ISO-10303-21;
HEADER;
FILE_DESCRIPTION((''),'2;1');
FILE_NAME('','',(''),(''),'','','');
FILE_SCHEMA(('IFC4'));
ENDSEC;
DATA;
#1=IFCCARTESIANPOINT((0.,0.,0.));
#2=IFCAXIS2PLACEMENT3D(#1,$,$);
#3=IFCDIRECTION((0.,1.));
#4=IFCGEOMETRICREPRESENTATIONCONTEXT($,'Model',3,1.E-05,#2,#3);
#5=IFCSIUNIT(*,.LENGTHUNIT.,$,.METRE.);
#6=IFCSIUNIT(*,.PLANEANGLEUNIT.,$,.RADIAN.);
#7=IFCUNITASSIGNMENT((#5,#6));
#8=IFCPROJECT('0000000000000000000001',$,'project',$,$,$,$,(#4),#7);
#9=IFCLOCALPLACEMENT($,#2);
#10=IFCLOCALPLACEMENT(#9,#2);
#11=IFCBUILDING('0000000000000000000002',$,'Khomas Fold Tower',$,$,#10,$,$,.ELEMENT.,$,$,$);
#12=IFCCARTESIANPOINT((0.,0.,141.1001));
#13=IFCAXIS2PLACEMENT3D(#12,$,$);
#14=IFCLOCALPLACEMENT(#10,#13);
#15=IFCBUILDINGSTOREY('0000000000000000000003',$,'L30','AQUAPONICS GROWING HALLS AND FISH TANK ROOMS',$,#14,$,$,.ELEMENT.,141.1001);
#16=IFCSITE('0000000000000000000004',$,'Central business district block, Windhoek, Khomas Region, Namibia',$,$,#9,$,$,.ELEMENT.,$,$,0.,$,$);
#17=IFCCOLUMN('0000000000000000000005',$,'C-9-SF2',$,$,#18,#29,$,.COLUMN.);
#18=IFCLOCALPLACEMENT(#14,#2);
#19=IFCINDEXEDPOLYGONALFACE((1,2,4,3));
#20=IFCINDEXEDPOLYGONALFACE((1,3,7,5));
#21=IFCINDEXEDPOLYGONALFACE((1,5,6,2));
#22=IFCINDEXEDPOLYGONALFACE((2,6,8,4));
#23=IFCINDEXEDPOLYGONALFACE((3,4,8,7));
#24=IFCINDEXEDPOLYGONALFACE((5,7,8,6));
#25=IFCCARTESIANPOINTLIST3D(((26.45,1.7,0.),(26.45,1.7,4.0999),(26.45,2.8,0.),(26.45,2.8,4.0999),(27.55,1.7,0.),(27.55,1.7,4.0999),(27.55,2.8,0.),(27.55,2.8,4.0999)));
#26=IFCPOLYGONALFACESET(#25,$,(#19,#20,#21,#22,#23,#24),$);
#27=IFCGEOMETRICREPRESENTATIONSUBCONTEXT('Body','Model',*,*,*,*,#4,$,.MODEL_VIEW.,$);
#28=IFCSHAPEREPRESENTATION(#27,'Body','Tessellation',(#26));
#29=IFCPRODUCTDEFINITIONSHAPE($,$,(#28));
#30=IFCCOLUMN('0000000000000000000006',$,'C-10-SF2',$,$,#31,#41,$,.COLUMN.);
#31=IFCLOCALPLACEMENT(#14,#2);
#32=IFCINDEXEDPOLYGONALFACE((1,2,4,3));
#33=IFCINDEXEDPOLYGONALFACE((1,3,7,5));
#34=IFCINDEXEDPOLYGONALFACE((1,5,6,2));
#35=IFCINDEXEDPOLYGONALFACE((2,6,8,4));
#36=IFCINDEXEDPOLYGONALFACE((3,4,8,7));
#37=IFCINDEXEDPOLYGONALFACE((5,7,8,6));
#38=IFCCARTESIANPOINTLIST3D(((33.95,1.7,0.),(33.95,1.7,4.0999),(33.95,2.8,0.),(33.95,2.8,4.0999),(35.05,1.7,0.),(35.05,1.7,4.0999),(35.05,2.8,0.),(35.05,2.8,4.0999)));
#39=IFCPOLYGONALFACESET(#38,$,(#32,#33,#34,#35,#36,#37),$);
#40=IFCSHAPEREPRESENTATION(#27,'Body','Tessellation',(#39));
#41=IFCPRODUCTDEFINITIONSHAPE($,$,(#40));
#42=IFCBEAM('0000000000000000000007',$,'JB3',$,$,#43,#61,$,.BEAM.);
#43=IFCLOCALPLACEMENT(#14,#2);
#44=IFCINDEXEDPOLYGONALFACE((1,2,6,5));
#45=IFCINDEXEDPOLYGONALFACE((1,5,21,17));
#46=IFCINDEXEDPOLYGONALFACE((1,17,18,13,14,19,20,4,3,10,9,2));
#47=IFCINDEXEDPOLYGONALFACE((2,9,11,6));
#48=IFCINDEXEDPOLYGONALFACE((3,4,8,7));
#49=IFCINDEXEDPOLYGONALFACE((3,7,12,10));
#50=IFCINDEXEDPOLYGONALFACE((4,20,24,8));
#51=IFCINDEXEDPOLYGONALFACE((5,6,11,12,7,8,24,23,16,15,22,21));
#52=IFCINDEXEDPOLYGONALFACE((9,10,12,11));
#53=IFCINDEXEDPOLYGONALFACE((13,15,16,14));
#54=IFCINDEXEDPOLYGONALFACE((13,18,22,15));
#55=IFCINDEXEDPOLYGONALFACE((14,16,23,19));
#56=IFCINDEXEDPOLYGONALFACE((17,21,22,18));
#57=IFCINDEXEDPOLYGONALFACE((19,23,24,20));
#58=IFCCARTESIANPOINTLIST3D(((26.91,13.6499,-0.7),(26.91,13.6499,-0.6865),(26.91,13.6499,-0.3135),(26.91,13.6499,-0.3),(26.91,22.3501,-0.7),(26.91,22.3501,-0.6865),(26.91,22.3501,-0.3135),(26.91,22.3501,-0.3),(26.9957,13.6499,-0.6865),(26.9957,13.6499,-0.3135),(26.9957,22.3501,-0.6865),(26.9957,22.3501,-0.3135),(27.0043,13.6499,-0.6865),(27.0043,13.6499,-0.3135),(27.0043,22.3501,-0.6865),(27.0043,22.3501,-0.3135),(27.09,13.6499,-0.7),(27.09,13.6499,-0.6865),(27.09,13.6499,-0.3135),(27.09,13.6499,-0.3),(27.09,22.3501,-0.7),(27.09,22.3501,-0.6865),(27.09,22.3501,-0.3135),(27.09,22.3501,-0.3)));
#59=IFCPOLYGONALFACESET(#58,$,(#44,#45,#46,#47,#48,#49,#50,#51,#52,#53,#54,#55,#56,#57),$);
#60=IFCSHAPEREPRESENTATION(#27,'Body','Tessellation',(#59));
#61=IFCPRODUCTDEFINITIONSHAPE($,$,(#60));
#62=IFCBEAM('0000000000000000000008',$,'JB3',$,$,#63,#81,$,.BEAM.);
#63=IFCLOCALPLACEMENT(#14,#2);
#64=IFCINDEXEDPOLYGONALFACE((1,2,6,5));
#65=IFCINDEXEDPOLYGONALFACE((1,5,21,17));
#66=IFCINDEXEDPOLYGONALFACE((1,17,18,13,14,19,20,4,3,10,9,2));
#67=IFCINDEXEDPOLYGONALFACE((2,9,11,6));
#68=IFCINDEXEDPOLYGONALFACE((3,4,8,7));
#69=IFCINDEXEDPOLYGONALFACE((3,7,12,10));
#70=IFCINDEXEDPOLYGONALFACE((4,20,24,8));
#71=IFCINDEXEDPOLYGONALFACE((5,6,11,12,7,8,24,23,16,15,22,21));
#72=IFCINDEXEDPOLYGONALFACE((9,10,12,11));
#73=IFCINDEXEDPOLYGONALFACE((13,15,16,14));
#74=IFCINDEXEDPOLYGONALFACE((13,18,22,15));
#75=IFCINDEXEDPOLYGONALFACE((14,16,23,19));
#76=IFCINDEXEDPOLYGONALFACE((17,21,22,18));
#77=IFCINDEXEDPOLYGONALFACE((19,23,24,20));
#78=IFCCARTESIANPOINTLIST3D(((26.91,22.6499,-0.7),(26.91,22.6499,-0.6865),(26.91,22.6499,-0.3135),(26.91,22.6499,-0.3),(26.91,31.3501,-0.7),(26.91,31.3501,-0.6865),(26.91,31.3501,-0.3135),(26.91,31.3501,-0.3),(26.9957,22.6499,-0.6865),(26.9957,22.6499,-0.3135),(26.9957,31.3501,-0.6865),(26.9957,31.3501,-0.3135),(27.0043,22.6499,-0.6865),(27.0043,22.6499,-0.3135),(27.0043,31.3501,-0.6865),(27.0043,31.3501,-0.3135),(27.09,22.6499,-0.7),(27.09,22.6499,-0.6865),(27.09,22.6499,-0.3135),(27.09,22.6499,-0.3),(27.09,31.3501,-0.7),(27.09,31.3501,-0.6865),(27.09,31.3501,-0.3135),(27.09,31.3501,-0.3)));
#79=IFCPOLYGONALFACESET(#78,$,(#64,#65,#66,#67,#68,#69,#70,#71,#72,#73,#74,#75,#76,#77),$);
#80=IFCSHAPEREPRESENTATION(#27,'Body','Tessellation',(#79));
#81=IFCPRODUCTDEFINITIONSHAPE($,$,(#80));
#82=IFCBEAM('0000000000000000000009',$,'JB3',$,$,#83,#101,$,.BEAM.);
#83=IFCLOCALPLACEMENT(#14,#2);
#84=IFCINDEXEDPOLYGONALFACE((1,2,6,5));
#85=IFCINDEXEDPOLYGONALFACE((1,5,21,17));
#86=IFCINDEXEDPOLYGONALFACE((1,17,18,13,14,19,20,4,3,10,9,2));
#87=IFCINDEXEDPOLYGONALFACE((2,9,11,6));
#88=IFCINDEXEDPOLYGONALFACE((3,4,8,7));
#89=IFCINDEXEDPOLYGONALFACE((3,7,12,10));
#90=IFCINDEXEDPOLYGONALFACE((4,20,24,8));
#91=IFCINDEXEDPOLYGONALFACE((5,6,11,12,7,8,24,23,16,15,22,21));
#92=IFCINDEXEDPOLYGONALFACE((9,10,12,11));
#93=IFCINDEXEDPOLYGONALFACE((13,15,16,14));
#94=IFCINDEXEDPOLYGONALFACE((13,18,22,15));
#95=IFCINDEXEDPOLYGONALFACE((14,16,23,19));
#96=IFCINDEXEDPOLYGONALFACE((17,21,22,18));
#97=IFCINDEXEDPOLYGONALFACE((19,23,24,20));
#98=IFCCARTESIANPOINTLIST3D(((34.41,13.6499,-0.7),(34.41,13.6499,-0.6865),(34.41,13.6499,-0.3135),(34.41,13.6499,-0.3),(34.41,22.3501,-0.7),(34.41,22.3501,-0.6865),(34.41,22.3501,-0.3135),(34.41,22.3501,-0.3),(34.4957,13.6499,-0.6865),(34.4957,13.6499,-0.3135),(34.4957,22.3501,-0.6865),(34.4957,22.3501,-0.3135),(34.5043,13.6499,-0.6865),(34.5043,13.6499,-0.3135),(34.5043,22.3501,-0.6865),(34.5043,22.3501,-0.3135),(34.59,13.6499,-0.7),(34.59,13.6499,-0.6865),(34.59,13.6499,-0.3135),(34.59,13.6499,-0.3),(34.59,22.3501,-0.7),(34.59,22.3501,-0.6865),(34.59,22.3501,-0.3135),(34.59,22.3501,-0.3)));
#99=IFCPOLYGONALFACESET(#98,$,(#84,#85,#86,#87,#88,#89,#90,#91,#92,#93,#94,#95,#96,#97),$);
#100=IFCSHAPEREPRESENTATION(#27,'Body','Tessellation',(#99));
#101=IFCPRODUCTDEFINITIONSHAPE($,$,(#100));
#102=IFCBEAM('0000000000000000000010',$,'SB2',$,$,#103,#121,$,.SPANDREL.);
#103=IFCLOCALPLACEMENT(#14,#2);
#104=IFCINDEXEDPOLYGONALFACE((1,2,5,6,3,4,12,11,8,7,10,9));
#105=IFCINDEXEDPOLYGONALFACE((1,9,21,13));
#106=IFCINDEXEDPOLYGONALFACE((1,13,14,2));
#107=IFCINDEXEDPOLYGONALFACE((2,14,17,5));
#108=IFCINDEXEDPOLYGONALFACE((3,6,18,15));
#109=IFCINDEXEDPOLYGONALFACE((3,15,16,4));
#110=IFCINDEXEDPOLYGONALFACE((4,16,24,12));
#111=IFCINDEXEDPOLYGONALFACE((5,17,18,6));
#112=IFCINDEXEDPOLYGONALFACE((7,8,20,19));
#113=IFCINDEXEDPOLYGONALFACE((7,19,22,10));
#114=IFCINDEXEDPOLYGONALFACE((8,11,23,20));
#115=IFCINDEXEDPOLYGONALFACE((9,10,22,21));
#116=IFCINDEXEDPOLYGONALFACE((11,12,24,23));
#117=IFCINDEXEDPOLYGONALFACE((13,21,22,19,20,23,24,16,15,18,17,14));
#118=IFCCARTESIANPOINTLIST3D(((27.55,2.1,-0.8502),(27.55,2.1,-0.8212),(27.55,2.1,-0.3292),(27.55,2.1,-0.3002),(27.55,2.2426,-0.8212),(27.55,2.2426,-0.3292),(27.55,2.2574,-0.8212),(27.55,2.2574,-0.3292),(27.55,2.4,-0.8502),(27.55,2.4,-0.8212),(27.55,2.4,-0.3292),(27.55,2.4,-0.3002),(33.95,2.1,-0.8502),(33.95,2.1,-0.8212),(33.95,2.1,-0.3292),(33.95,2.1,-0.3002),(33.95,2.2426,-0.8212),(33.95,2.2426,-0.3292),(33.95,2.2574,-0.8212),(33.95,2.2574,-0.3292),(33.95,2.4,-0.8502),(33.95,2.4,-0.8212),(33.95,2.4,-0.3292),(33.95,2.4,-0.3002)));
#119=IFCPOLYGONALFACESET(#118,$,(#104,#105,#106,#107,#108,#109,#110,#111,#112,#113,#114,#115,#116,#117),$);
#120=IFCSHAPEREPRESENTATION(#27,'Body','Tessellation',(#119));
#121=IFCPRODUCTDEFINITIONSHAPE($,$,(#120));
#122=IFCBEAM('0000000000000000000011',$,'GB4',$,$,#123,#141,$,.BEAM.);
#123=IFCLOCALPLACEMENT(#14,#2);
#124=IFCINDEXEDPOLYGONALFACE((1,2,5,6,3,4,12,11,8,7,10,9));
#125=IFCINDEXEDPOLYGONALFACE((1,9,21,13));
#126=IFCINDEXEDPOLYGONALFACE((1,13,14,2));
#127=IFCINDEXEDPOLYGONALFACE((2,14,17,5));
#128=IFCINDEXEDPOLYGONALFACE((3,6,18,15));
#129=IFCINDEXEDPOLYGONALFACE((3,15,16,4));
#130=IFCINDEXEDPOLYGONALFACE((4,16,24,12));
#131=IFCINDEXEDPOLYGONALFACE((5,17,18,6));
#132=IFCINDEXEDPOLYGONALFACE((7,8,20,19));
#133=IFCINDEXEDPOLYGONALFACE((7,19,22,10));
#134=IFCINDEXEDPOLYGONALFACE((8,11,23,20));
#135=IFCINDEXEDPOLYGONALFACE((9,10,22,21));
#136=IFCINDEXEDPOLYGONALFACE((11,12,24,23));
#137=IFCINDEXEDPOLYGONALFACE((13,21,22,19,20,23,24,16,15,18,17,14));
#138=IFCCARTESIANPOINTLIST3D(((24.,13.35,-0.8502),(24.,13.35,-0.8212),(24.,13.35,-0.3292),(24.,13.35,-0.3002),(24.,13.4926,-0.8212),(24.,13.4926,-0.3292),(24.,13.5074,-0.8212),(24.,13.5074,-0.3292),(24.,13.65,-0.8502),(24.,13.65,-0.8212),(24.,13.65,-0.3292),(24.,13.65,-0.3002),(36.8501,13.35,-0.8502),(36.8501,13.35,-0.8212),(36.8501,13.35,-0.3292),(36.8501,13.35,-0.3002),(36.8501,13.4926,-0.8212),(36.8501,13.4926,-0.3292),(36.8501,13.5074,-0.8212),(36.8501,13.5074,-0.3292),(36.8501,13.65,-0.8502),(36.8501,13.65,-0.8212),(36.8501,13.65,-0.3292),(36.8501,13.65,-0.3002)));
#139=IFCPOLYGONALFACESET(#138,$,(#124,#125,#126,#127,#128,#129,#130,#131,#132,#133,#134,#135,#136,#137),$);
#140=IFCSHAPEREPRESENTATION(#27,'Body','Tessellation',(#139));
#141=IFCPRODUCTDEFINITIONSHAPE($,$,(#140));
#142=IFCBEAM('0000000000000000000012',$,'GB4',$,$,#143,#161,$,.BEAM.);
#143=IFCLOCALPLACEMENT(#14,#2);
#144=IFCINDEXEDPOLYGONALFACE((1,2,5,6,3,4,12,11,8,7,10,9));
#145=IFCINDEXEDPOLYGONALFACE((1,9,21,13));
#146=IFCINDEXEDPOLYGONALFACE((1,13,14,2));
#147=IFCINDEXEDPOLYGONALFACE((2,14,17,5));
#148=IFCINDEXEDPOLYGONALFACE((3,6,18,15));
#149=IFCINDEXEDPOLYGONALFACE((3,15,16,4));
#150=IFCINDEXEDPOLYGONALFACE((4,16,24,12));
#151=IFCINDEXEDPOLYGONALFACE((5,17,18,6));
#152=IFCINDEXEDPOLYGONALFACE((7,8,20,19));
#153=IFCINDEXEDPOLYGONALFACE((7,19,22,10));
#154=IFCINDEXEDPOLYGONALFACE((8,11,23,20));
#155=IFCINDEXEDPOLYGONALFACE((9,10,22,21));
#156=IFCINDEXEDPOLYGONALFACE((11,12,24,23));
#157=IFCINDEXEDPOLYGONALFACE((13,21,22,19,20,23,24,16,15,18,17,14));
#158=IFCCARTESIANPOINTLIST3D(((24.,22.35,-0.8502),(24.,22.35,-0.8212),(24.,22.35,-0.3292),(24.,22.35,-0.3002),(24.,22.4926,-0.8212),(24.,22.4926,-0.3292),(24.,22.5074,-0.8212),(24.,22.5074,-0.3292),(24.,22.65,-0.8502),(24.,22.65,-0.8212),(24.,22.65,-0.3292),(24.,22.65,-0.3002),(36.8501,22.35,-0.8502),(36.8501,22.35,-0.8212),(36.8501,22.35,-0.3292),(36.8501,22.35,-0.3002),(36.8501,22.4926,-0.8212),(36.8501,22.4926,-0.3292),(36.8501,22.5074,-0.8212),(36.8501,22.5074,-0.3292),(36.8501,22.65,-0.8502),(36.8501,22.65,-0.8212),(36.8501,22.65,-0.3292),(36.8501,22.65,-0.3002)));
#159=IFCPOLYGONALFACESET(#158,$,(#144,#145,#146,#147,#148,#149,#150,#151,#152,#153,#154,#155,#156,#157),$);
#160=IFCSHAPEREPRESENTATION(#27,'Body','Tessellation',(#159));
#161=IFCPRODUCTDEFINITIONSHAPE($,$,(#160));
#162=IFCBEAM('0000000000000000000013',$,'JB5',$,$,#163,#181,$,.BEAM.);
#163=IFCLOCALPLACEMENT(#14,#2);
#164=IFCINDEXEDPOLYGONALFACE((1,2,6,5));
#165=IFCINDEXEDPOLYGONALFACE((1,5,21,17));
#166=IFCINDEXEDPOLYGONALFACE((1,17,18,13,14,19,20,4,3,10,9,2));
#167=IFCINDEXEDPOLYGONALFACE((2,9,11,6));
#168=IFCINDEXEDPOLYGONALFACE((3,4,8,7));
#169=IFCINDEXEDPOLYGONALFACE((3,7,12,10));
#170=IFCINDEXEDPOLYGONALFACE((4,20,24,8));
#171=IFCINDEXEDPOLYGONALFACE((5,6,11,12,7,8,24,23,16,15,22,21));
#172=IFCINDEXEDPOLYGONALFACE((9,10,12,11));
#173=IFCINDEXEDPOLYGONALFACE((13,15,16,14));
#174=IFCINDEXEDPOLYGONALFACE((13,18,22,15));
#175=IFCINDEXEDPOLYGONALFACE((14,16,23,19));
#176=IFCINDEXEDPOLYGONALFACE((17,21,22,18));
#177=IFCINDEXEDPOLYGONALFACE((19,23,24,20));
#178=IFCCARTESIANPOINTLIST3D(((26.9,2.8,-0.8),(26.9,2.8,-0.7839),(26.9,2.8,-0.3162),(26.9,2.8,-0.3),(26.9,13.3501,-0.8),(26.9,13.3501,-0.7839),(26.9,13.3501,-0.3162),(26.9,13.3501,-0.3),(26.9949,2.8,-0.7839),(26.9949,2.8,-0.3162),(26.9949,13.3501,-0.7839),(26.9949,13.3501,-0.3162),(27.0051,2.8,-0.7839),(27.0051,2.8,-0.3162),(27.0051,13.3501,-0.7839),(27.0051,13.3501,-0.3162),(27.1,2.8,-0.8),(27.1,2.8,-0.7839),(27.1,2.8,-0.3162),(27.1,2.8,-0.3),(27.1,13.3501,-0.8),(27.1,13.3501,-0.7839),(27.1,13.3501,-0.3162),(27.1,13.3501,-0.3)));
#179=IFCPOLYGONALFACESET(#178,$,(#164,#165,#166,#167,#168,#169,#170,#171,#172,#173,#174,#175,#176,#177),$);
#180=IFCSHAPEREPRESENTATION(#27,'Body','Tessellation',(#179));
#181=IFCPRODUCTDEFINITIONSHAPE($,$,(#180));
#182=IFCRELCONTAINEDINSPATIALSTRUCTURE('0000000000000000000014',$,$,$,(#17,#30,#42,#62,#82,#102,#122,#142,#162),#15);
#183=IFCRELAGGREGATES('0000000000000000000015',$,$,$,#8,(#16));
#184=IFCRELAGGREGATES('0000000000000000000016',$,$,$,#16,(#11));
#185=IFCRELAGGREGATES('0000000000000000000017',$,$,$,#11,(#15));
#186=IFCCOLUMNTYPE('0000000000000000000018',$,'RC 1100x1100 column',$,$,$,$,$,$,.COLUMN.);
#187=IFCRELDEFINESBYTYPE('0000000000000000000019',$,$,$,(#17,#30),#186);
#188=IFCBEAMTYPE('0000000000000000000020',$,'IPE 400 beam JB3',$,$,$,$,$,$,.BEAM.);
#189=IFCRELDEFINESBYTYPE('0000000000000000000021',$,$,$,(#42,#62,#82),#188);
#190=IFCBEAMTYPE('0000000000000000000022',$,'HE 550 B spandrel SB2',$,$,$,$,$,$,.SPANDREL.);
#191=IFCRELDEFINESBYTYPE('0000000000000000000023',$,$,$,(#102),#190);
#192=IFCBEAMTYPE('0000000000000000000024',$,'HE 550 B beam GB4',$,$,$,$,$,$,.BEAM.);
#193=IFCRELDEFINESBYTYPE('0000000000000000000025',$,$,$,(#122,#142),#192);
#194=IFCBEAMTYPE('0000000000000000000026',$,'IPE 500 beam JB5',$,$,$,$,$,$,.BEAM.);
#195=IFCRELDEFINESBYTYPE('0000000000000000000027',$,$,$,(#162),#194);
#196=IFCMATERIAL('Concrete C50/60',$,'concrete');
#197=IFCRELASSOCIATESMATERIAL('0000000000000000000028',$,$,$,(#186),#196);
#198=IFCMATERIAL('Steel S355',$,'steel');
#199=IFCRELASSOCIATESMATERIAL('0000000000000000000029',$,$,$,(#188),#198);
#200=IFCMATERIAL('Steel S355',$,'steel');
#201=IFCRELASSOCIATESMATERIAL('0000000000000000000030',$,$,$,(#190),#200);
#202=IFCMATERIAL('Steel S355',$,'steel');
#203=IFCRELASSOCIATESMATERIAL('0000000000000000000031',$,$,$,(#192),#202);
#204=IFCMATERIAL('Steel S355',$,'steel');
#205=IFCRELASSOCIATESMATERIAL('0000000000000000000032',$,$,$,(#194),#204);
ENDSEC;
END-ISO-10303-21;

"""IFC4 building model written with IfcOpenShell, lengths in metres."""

from ifc_helpers import new_model, si_unit, direction, frame, origin, origin_2d, place, context, subcontext, project, spatial, rectangle, i_section, extrude, source, transform, mapped, material, material_profile, profile_set, type_object, element, save


model = new_model("IFC4")

# Units and contexts
model_context = context("Model", 3, precision=1e-05, world=origin(), true_north=direction((0.0, 1.0)))
body_context = subcontext(model_context, "Body", "Model", "MODEL_VIEW")
ifc_project = project(units=[si_unit("LENGTHUNIT", "METRE"), si_unit("PLANEANGLEUNIT", "RADIAN")], contexts=[model_context])

# Site, building, storey
site_placement = place(None, origin())
site = spatial("IfcSite", under=ifc_project, at=site_placement, Name="Central business district block, Windhoek, Khomas Region, Namibia", CompositionType="ELEMENT", RefElevation=0.0)
building_placement = place(site_placement, origin())
building = spatial("IfcBuilding", under=site, at=building_placement, Name="Khomas Fold Tower", CompositionType="ELEMENT")
storey_placement = place(building_placement, frame((0.0, 0.0, 141.1001)))
storey = spatial("IfcBuildingStorey", under=building, at=storey_placement, Name="L30", Description="AQUAPONICS GROWING HALLS AND FISH TANK ROOMS", CompositionType="ELEMENT", Elevation=141.1001)

# Columns
ifc_material_1 = material(Name="Concrete C50/60", Category="concrete")
ifc_material_profile_1 = material_profile(ifc_material_1, rectangle(XDim=1.1001, YDim=1.1001, at=origin_2d()), Name="RC 1100x1100")
ifc_profile_set_1 = profile_set([ifc_material_profile_1], Name="Concrete C50/60")
column_type = type_object("IfcColumnType", Name="RC 1100x1100 column", PredefinedType="COLUMN", material=ifc_profile_set_1)
shared_shape_1 = source(origin(), body_context, "Body", "SweptSolid", [
    extrude(rectangle(XDim=1.1001, YDim=1.1001, at=origin_2d()), origin(), (0.0, 0.0, 1.0), 4.0999),
])
for number, where, z_axis, x_axis, name in (
    (1, (27.0, 2.25, 0.0), (0.0, 0.0, 1.0), (1.0, 0.0, 0.0), "C-9-SF2"),
    (2, (34.5, 2.25, 0.0), (0.0, 0.0, 1.0), (1.0, 0.0, 0.0), "C-10-SF2"),
):
    element("IfcColumn", number, at=place(storey_placement, frame(where, z_axis=z_axis, x_axis=x_axis)), inside=storey, type_object=column_type, Name=name, PredefinedType="COLUMN", context=body_context, shape_type="MappedRepresentation", body=[
        mapped(shared_shape_1, transform((0.0, 0.0, 0.0))),
    ])

# Beams
ifc_material_2 = material(Name="Steel S355", Category="steel")
ifc_material_profile_2 = material_profile(ifc_material_2, i_section(OverallWidth=0.1799, OverallDepth=0.3999, WebThickness=0.0085, FlangeThickness=0.0134, at=origin_2d()), Name="IPE 400")
ifc_profile_set_2 = profile_set([ifc_material_profile_2], Name="Steel S355")
beam_type_1 = type_object("IfcBeamType", Name="IPE 400 beam JB3", PredefinedType="BEAM", material=ifc_profile_set_2)
shared_shape_2 = source(origin(), body_context, "Body", "SweptSolid", [
    extrude(i_section(OverallWidth=0.1799, OverallDepth=0.3999, WebThickness=0.0085, FlangeThickness=0.0134, at=origin_2d()), origin(), (0.0, 0.0, 1.0), 8.7002),
])
for number, where, z_axis, x_axis, name in (
    (3, (27.0, 13.6499, -0.5), (0.0, 1.0, 0.0), (-1.0, 0.0, 0.0), "JB3"),
    (4, (27.0, 22.6499, -0.5), (0.0, 1.0, 0.0), (-1.0, 0.0, 0.0), "JB3"),
    (5, (34.5, 13.6499, -0.5), (0.0, 1.0, 0.0), (-1.0, 0.0, 0.0), "JB3"),
):
    element("IfcBeam", number, at=place(storey_placement, frame(where, z_axis=z_axis, x_axis=x_axis)), inside=storey, type_object=beam_type_1, Name=name, PredefinedType="BEAM", context=body_context, shape_type="MappedRepresentation", body=[
        mapped(shared_shape_2, transform((0.0, 0.0, 0.0))),
    ])
ifc_material_3 = material(Name="Steel S355", Category="steel")
ifc_material_profile_3 = material_profile(ifc_material_3, i_section(OverallWidth=0.3, OverallDepth=0.55, WebThickness=0.0149, FlangeThickness=0.0291, at=origin_2d()), Name="HE 550 B")
ifc_profile_set_3 = profile_set([ifc_material_profile_3], Name="Steel S355")
beam_type_2 = type_object("IfcBeamType", Name="HE 550 B spandrel SB2", PredefinedType="SPANDREL", material=ifc_profile_set_3)
shared_shape_3 = source(origin(), body_context, "Body", "SweptSolid", [
    extrude(i_section(OverallWidth=0.3, OverallDepth=0.55, WebThickness=0.0149, FlangeThickness=0.0291, at=origin_2d()), origin(), (0.0, 0.0, 1.0), 6.3999),
])
beam_placement = place(storey_placement, frame((27.55, 2.25, -0.5752), z_axis=(1.0, 0.0, 0.0), x_axis=(0.0, 1.0, 0.0)))
element("IfcBeam", 6, at=beam_placement, inside=storey, type_object=beam_type_2, Name="SB2", PredefinedType="SPANDREL", context=body_context, shape_type="MappedRepresentation", body=[
    mapped(shared_shape_3, transform((0.0, 0.0, 0.0))),
])
ifc_material_4 = material(Name="Steel S355", Category="steel")
ifc_material_profile_4 = material_profile(ifc_material_4, i_section(OverallWidth=0.3, OverallDepth=0.55, WebThickness=0.0149, FlangeThickness=0.0291, at=origin_2d()), Name="HE 550 B")
ifc_profile_set_4 = profile_set([ifc_material_profile_4], Name="Steel S355")
beam_type_3 = type_object("IfcBeamType", Name="HE 550 B beam GB4", PredefinedType="BEAM", material=ifc_profile_set_4)
shared_shape_4 = source(origin(), body_context, "Body", "SweptSolid", [
    extrude(i_section(OverallWidth=0.3, OverallDepth=0.55, WebThickness=0.0149, FlangeThickness=0.0291, at=origin_2d()), origin(), (0.0, 0.0, 1.0), 12.8501),
])
for number, where, z_axis, x_axis, name in (
    (7, (24.0, 13.5, -0.5752), (1.0, 0.0, 0.0), (0.0, 1.0, 0.0), "GB4"),
    (8, (24.0, 22.5, -0.5752), (1.0, 0.0, 0.0), (0.0, 1.0, 0.0), "GB4"),
):
    element("IfcBeam", number, at=place(storey_placement, frame(where, z_axis=z_axis, x_axis=x_axis)), inside=storey, type_object=beam_type_3, Name=name, PredefinedType="BEAM", context=body_context, shape_type="MappedRepresentation", body=[
        mapped(shared_shape_4, transform((0.0, 0.0, 0.0))),
    ])
ifc_material_5 = material(Name="Steel S355", Category="steel")
ifc_material_profile_5 = material_profile(ifc_material_5, i_section(OverallWidth=0.2, OverallDepth=0.5, WebThickness=0.0103, FlangeThickness=0.0161, at=origin_2d()), Name="IPE 500")
ifc_profile_set_5 = profile_set([ifc_material_profile_5], Name="Steel S355")
beam_type_4 = type_object("IfcBeamType", Name="IPE 500 beam JB5", PredefinedType="BEAM", material=ifc_profile_set_5)
shared_shape_5 = source(origin(), body_context, "Body", "SweptSolid", [
    extrude(i_section(OverallWidth=0.2, OverallDepth=0.5, WebThickness=0.0103, FlangeThickness=0.0161, at=origin_2d()), origin(), (0.0, 0.0, 1.0), 10.55),
])
for number, where, z_axis, x_axis, name in (
    (9, (27.0, 2.8, -0.55), (0.0, 1.0, 0.0), (-1.0, 0.0, 0.0), "JB5"),
):
    element("IfcBeam", number, at=place(storey_placement, frame(where, z_axis=z_axis, x_axis=x_axis)), inside=storey, type_object=beam_type_4, Name=name, PredefinedType="BEAM", context=body_context, shape_type="MappedRepresentation", body=[
        mapped(shared_shape_5, transform((0.0, 0.0, 0.0))),
    ])

save(model, "model.ifc")
